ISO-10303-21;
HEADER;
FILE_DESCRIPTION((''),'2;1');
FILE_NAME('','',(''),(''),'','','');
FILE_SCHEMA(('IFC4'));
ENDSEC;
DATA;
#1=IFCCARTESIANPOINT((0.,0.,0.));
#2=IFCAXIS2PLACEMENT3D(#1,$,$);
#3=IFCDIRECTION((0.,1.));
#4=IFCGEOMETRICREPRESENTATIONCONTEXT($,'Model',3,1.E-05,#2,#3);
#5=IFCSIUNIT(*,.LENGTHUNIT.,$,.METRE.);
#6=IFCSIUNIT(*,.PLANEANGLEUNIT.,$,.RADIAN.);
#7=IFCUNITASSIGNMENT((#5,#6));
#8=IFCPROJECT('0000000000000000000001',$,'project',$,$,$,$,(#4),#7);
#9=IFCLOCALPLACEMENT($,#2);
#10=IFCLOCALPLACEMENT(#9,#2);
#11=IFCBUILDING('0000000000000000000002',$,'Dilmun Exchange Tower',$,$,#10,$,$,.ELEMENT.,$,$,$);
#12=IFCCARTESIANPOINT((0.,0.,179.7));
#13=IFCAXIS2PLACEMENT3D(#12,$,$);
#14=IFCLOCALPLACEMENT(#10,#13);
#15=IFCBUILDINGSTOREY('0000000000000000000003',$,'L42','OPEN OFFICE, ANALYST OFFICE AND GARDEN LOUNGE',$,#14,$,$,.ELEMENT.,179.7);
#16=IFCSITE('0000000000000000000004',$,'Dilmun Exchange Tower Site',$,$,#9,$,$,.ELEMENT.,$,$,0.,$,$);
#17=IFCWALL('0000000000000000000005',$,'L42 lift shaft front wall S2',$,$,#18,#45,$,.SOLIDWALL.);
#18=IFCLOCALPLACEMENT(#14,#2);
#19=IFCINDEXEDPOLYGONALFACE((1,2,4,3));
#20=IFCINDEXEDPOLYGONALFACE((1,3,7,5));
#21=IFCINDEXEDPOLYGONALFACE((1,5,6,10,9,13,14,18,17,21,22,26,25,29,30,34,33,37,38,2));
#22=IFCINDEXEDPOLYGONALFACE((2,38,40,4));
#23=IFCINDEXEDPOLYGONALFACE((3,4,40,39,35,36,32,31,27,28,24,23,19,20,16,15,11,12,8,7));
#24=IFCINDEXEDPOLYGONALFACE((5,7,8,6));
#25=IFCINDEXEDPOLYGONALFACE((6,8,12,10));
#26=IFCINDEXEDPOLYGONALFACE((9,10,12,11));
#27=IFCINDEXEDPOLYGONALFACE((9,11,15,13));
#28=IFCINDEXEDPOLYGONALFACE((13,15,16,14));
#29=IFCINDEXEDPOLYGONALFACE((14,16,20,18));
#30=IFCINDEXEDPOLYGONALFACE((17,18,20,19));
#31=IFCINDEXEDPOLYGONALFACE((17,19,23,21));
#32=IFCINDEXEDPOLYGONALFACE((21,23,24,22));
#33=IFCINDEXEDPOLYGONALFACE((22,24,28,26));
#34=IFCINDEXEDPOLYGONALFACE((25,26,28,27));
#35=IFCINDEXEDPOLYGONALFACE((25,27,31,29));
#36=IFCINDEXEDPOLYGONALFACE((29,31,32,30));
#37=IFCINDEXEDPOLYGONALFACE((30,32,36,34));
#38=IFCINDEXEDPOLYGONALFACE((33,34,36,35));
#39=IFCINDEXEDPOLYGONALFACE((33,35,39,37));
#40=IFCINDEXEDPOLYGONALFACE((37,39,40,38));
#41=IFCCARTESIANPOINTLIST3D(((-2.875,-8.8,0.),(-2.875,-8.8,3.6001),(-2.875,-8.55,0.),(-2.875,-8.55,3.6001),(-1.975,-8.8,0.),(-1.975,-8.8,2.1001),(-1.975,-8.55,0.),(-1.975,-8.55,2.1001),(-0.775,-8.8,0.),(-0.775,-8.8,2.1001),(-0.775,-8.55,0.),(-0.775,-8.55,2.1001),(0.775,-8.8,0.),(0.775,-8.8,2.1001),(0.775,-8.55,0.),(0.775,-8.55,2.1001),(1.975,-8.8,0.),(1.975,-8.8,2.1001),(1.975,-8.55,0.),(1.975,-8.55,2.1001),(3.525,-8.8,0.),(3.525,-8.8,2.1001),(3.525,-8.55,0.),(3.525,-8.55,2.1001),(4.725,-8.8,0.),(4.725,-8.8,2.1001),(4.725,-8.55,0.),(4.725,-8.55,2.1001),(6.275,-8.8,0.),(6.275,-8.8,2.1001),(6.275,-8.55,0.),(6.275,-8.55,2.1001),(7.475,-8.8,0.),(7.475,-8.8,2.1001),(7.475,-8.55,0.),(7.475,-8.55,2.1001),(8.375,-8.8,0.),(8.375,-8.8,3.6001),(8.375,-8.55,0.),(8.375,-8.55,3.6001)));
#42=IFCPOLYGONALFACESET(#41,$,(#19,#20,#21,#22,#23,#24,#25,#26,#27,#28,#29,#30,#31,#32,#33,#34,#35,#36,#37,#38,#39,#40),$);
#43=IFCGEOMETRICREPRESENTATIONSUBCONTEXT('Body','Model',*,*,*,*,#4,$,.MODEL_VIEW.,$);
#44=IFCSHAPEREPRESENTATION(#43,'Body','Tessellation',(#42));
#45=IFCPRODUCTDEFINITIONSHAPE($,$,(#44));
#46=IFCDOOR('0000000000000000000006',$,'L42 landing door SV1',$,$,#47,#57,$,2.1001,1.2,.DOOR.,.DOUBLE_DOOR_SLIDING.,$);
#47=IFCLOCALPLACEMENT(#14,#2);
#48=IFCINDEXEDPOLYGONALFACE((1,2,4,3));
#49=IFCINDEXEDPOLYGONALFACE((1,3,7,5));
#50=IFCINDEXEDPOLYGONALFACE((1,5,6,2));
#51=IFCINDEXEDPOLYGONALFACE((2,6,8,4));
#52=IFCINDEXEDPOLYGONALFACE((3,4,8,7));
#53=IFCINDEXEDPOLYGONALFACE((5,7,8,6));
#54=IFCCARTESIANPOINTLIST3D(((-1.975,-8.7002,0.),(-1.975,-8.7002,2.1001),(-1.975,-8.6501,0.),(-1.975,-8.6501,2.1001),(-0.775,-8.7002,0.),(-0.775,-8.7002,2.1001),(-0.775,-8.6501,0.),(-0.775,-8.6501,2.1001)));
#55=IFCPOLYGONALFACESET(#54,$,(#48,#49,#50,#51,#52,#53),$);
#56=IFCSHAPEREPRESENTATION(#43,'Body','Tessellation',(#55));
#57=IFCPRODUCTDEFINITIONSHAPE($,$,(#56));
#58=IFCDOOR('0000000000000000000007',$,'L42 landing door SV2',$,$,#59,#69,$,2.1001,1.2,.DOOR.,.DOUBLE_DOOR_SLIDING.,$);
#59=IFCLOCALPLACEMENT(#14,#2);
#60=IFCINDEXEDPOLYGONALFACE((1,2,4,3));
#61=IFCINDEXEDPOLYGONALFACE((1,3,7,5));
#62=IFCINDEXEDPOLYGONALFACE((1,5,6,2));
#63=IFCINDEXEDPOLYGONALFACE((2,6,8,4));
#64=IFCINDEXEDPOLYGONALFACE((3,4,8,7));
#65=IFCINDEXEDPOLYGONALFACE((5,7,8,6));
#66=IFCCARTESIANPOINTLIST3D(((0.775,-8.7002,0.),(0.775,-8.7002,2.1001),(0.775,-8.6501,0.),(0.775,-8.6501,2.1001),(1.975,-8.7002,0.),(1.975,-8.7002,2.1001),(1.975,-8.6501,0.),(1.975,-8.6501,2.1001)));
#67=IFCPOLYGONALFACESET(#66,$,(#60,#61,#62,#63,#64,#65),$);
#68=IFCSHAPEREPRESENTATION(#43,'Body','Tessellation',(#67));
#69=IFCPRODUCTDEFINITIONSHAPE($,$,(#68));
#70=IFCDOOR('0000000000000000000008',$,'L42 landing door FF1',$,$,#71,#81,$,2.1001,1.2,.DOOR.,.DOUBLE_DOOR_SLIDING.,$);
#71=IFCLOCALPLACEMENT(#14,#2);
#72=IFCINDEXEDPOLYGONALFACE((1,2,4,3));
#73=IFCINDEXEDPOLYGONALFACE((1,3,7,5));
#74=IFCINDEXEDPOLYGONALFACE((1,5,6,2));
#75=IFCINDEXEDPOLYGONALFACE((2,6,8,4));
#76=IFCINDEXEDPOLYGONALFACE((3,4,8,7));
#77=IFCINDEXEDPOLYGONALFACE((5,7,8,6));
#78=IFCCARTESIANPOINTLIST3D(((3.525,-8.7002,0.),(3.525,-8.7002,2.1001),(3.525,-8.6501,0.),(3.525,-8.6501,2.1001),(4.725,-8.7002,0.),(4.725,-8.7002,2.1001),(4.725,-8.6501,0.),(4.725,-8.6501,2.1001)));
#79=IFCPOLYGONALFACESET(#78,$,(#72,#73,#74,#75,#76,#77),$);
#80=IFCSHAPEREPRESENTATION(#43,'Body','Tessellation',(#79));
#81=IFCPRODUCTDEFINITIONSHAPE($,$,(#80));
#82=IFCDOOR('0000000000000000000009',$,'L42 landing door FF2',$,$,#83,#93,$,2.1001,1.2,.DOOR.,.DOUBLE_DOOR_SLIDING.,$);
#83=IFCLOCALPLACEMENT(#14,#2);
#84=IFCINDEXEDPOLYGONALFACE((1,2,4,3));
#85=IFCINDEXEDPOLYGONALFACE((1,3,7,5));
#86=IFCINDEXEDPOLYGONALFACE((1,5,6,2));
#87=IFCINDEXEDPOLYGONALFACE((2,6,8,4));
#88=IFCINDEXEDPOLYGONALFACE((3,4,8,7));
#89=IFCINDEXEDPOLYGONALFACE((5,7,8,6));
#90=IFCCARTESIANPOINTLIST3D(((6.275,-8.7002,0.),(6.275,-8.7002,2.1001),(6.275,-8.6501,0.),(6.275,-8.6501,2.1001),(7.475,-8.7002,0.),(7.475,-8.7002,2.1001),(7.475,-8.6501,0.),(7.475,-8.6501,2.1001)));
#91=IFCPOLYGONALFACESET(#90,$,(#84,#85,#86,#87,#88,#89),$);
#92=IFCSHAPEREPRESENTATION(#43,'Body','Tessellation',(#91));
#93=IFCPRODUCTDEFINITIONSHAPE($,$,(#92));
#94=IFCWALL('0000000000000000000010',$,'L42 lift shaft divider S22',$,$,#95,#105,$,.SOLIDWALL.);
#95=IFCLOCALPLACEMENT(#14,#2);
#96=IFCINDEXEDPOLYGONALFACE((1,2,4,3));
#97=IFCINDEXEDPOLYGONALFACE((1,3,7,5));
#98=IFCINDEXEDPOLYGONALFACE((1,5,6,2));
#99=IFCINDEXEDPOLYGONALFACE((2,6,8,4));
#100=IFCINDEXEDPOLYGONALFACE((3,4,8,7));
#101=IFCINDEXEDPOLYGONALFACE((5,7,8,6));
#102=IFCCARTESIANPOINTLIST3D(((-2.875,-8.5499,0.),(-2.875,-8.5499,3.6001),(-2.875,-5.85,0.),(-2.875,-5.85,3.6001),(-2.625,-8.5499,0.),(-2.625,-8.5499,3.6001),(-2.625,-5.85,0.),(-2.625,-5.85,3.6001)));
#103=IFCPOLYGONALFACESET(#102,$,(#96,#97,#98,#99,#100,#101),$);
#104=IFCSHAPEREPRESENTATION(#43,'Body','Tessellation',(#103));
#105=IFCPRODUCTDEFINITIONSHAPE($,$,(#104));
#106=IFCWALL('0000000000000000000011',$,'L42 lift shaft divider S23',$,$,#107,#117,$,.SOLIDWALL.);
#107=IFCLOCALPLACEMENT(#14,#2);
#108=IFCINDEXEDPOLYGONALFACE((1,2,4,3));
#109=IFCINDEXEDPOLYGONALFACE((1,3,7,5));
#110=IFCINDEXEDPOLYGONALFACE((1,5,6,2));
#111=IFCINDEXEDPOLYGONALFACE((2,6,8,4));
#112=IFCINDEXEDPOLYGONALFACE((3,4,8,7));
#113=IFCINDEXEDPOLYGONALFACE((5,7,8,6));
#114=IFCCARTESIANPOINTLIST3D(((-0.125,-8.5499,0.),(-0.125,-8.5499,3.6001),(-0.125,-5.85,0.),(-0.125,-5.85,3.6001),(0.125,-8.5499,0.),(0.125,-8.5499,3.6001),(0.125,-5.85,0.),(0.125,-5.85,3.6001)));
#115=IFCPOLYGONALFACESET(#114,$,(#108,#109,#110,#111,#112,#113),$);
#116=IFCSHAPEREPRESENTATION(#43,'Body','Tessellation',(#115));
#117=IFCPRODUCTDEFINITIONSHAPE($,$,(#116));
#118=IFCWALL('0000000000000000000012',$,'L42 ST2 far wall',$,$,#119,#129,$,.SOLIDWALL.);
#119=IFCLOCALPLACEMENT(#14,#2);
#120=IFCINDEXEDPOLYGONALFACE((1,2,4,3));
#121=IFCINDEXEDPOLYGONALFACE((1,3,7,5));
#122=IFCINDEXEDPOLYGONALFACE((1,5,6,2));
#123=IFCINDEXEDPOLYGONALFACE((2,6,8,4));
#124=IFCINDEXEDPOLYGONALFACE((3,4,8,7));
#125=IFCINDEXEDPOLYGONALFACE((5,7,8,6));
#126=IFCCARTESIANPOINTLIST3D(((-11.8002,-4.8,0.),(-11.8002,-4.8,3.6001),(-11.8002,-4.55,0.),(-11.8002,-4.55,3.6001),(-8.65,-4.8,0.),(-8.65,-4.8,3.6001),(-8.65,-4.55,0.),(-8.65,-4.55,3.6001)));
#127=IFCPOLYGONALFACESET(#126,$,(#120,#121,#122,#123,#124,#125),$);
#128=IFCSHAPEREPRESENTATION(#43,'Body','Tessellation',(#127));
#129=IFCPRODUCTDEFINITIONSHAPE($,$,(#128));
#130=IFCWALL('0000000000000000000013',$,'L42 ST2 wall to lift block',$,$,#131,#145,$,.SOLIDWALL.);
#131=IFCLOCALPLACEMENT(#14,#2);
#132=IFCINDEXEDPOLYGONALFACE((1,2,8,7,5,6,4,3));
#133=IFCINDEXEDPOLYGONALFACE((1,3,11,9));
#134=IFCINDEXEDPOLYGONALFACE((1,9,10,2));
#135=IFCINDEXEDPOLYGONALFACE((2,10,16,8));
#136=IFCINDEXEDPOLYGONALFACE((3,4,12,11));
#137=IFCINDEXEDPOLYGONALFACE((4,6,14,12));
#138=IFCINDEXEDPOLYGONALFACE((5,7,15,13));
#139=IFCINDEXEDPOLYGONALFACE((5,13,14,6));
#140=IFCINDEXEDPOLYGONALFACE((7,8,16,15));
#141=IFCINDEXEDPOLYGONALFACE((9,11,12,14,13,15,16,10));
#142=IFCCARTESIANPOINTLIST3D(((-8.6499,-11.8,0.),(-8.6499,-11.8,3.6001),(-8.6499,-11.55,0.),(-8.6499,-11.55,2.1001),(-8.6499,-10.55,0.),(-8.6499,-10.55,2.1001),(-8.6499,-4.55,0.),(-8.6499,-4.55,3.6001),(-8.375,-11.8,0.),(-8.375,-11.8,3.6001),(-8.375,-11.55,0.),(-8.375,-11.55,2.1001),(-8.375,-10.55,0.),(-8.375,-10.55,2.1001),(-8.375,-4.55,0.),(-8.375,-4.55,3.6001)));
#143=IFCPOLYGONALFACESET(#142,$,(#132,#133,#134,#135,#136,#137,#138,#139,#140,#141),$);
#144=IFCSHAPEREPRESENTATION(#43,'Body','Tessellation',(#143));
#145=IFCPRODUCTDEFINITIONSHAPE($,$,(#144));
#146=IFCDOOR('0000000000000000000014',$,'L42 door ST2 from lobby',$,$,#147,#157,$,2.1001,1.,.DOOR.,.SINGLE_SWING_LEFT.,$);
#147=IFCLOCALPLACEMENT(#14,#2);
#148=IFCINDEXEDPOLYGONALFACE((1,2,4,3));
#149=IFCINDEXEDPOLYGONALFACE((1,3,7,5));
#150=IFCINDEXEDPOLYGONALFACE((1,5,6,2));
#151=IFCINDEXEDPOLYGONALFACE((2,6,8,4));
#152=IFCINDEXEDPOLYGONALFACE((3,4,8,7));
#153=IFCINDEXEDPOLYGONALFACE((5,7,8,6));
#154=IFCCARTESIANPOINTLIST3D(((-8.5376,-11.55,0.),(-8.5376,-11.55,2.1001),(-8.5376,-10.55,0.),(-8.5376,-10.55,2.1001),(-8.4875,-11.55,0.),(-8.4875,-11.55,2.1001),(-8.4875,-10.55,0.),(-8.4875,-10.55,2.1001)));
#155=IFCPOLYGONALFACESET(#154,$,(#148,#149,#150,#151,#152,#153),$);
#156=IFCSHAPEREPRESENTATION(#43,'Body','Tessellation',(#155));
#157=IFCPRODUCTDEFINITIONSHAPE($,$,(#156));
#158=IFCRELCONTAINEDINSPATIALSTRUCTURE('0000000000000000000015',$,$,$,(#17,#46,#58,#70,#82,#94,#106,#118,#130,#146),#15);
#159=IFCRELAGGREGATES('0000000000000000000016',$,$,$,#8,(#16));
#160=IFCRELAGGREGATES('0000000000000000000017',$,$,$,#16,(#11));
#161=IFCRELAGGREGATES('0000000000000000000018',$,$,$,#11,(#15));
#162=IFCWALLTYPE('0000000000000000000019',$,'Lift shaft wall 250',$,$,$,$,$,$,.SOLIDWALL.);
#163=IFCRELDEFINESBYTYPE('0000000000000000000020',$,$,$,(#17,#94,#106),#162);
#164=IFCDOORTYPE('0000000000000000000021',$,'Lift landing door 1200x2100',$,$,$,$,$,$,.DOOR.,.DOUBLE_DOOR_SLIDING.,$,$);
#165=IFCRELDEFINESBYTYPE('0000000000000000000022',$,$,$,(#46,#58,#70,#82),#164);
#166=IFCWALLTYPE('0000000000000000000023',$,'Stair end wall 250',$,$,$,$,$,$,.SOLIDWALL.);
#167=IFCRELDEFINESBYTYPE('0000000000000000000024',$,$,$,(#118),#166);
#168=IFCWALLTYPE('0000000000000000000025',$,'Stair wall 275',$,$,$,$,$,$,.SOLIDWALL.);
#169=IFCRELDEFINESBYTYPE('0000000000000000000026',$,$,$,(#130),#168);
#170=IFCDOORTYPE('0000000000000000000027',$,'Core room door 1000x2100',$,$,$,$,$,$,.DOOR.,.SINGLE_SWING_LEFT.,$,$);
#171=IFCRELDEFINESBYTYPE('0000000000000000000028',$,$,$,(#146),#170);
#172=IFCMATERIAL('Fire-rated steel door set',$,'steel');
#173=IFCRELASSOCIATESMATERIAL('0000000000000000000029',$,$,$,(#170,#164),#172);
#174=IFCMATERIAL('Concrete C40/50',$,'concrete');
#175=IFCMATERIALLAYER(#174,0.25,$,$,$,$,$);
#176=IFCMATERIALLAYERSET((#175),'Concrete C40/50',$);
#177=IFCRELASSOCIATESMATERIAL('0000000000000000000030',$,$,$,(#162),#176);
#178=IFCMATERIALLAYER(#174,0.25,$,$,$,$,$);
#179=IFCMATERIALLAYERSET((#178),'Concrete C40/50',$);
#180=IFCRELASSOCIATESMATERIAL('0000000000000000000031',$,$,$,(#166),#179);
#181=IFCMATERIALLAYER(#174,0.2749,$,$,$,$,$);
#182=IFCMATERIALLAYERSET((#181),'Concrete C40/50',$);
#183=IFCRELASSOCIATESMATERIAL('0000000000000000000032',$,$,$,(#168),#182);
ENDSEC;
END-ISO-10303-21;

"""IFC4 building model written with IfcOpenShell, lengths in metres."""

from ifc_helpers import new_model, si_unit, direction, frame, frame_2d, origin, place, context, subcontext, project, spatial, rectangle, extrude, material, layer, layer_set, type_object, element, fill, save


model = new_model("IFC4")

# Units and contexts
model_context = context("Model", 3, precision=1e-05, world=origin(), true_north=direction((0.0, 1.0)))
body_context = subcontext(model_context, "Body", "Model", "MODEL_VIEW")
ifc_project = project(units=[si_unit("LENGTHUNIT", "METRE"), si_unit("PLANEANGLEUNIT", "RADIAN")], contexts=[model_context])

# Site, building, storey
site_placement = place(None, origin())
site = spatial("IfcSite", under=ifc_project, at=site_placement, Name="Dilmun Exchange Tower Site", CompositionType="ELEMENT", RefElevation=0.0)
building_placement = place(site_placement, origin())
building = spatial("IfcBuilding", under=site, at=building_placement, Name="Dilmun Exchange Tower", CompositionType="ELEMENT")
storey_placement = place(building_placement, frame((0.0, 0.0, 179.7)))
storey = spatial("IfcBuildingStorey", under=building, at=storey_placement, Name="L42", Description="OPEN OFFICE, ANALYST OFFICE AND GARDEN LOUNGE", CompositionType="ELEMENT", Elevation=179.7)

# Shared definitions
ifc_material_1 = material(Name="Concrete C40/50", Category="concrete")

# Shared definitions
ifc_material_2 = material(Name="Fire-rated steel door set", Category="steel")
door_type_1 = type_object("IfcDoorType", Name="Core room door 1000x2100", OperationType="SINGLE_SWING_LEFT", PredefinedType="DOOR", material=ifc_material_2)

# Shared definitions
ifc_layer_1 = layer(ifc_material_1, 0.25)
ifc_layer_set_1 = layer_set([ifc_layer_1], Name="Concrete C40/50")
wall_type_1 = type_object("IfcWallType", Name="Lift shaft wall 250", PredefinedType="SOLIDWALL", material=ifc_layer_set_1)

# Wall, openings, doors
wall_1_placement = place(storey_placement, frame((-2.875, -8.675, 0.0), z_axis=(0.0, 0.0, 1.0), x_axis=(1.0, 0.0, 0.0)))
wall_1 = element("IfcWall", 1, at=wall_1_placement, inside=storey, type_object=wall_type_1, Name="L42 lift shaft front wall S2", PredefinedType="SOLIDWALL", context=body_context, shape_type="SweptSolid", body=[
    extrude(rectangle(XDim=11.25, YDim=0.25, at=frame_2d((5.625, 0.0))), origin(), (0.0, 0.0, 1.0), 3.6001),
])
opening_1_placement = place(wall_1_placement, frame((0.8999, 0.0, 0.0)))
opening_1 = element("IfcOpeningElement", 2, at=opening_1_placement, cuts=wall_1, PredefinedType="OPENING", context=body_context, shape_type="SweptSolid", body=[
    extrude(rectangle(XDim=1.2, YDim=2.1001, at=frame_2d((0.6001, 1.05))), frame((0.0, 0.135, 0.0), z_axis=(0.0, -1.0, 0.0), x_axis=(1.0, 0.0, 0.0)), (0.0, 0.0, 1.0), 0.27),
])
opening_2_placement = place(wall_1_placement, frame((3.6499, 0.0, 0.0)))
opening_2 = element("IfcOpeningElement", 3, at=opening_2_placement, cuts=wall_1, PredefinedType="OPENING", context=body_context, shape_type="SweptSolid", body=[
    extrude(rectangle(XDim=1.2, YDim=2.1001, at=frame_2d((0.6001, 1.05))), frame((0.0, 0.135, 0.0), z_axis=(0.0, -1.0, 0.0), x_axis=(1.0, 0.0, 0.0)), (0.0, 0.0, 1.0), 0.27),
])
opening_3_placement = place(wall_1_placement, frame((6.3999, 0.0, 0.0)))
opening_3 = element("IfcOpeningElement", 4, at=opening_3_placement, cuts=wall_1, PredefinedType="OPENING", context=body_context, shape_type="SweptSolid", body=[
    extrude(rectangle(XDim=1.2, YDim=2.1001, at=frame_2d((0.6001, 1.05))), frame((0.0, 0.135, 0.0), z_axis=(0.0, -1.0, 0.0), x_axis=(1.0, 0.0, 0.0)), (0.0, 0.0, 1.0), 0.27),
])
opening_4_placement = place(wall_1_placement, frame((9.1499, 0.0, 0.0)))
opening_4 = element("IfcOpeningElement", 5, at=opening_4_placement, cuts=wall_1, PredefinedType="OPENING", context=body_context, shape_type="SweptSolid", body=[
    extrude(rectangle(XDim=1.2, YDim=2.1001, at=frame_2d((0.6001, 1.05))), frame((0.0, 0.135, 0.0), z_axis=(0.0, -1.0, 0.0), x_axis=(1.0, 0.0, 0.0)), (0.0, 0.0, 1.0), 0.27),
])
door_type_2 = type_object("IfcDoorType", Name="Lift landing door 1200x2100", OperationType="DOUBLE_DOOR_SLIDING", PredefinedType="DOOR", material=ifc_material_2)
door_1_placement = place(opening_1_placement, origin())
door_1 = element("IfcDoor", 6, at=door_1_placement, inside=storey, type_object=door_type_2, Name="L42 landing door SV1", OperationType="DOUBLE_DOOR_SLIDING", OverallHeight=2.1001, OverallWidth=1.2, PredefinedType="DOOR", context=body_context, shape_type="SweptSolid", body=[
    extrude(rectangle(XDim=1.2, YDim=2.1001, at=frame_2d((0.6001, 1.05))), frame((0.0, 0.0249, 0.0), z_axis=(0.0, -1.0, 0.0), x_axis=(1.0, 0.0, 0.0)), (0.0, 0.0, 1.0), 0.05),
])
fill(opening_1, door_1)
door_2_placement = place(opening_2_placement, origin())
door_2 = element("IfcDoor", 7, at=door_2_placement, inside=storey, type_object=door_type_2, Name="L42 landing door SV2", OperationType="DOUBLE_DOOR_SLIDING", OverallHeight=2.1001, OverallWidth=1.2, PredefinedType="DOOR", context=body_context, shape_type="SweptSolid", body=[
    extrude(rectangle(XDim=1.2, YDim=2.1001, at=frame_2d((0.6001, 1.05))), frame((0.0, 0.0249, 0.0), z_axis=(0.0, -1.0, 0.0), x_axis=(1.0, 0.0, 0.0)), (0.0, 0.0, 1.0), 0.05),
])
fill(opening_2, door_2)
door_3_placement = place(opening_3_placement, origin())
door_3 = element("IfcDoor", 8, at=door_3_placement, inside=storey, type_object=door_type_2, Name="L42 landing door FF1", OperationType="DOUBLE_DOOR_SLIDING", OverallHeight=2.1001, OverallWidth=1.2, PredefinedType="DOOR", context=body_context, shape_type="SweptSolid", body=[
    extrude(rectangle(XDim=1.2, YDim=2.1001, at=frame_2d((0.6001, 1.05))), frame((0.0, 0.0249, 0.0), z_axis=(0.0, -1.0, 0.0), x_axis=(1.0, 0.0, 0.0)), (0.0, 0.0, 1.0), 0.05),
])
fill(opening_3, door_3)
door_4_placement = place(opening_4_placement, origin())
door_4 = element("IfcDoor", 9, at=door_4_placement, inside=storey, type_object=door_type_2, Name="L42 landing door FF2", OperationType="DOUBLE_DOOR_SLIDING", OverallHeight=2.1001, OverallWidth=1.2, PredefinedType="DOOR", context=body_context, shape_type="SweptSolid", body=[
    extrude(rectangle(XDim=1.2, YDim=2.1001, at=frame_2d((0.6001, 1.05))), frame((0.0, 0.0249, 0.0), z_axis=(0.0, -1.0, 0.0), x_axis=(1.0, 0.0, 0.0)), (0.0, 0.0, 1.0), 0.05),
])
fill(opening_4, door_4)

# Walls
for number, where, z_axis, x_axis, name in (
    (10, (-2.75, -8.55, 0.0), (0.0, 0.0, 1.0), (0.0, 1.0, 0.0), "L42 lift shaft divider S22"),
    (11, (0.0, -8.55, 0.0), (0.0, 0.0, 1.0), (0.0, 1.0, 0.0), "L42 lift shaft divider S23"),
):
    element("IfcWall", number, at=place(storey_placement, frame(where, z_axis=z_axis, x_axis=x_axis)), inside=storey, type_object=wall_type_1, Name=name, PredefinedType="SOLIDWALL", context=body_context, shape_type="SweptSolid", body=[
        extrude(rectangle(XDim=2.7, YDim=0.25, at=frame_2d((1.3501, 0.0))), origin(), (0.0, 0.0, 1.0), 3.6001),
    ])
ifc_layer_2 = layer(ifc_material_1, 0.25)
ifc_layer_set_2 = layer_set([ifc_layer_2], Name="Concrete C40/50")
wall_type_2 = type_object("IfcWallType", Name="Stair end wall 250", PredefinedType="SOLIDWALL", material=ifc_layer_set_2)
wall_2_placement = place(storey_placement, frame((-8.6499, -4.675, 0.0), z_axis=(0.0, 0.0, 1.0), x_axis=(-1.0, 0.0, 0.0)))
element("IfcWall", 12, at=wall_2_placement, inside=storey, type_object=wall_type_2, Name="L42 ST2 far wall", PredefinedType="SOLIDWALL", context=body_context, shape_type="SweptSolid", body=[
    extrude(rectangle(XDim=3.1501, YDim=0.25, at=frame_2d((1.5752, 0.0))), origin(), (0.0, 0.0, 1.0), 3.6001),
])

# Wall, opening, door
ifc_layer_3 = layer(ifc_material_1, 0.2749)
ifc_layer_set_3 = layer_set([ifc_layer_3], Name="Concrete C40/50")
wall_type_3 = type_object("IfcWallType", Name="Stair wall 275", PredefinedType="SOLIDWALL", material=ifc_layer_set_3)
wall_3_placement = place(storey_placement, frame((-8.5125, -4.55, 0.0), z_axis=(0.0, 0.0, 1.0), x_axis=(0.0, -1.0, 0.0)))
wall_3 = element("IfcWall", 13, at=wall_3_placement, inside=storey, type_object=wall_type_3, Name="L42 ST2 wall to lift block", PredefinedType="SOLIDWALL", context=body_context, shape_type="SweptSolid", body=[
    extrude(rectangle(XDim=7.25, YDim=0.2749, at=frame_2d((3.625, 0.0))), origin(), (0.0, 0.0, 1.0), 3.6001),
])
opening_5_placement = place(wall_3_placement, frame((6.0, 0.0, 0.0)))
opening_5 = element("IfcOpeningElement", 14, at=opening_5_placement, cuts=wall_3, PredefinedType="OPENING", context=body_context, shape_type="SweptSolid", body=[
    extrude(rectangle(XDim=1.0, YDim=2.1001, at=frame_2d((0.5, 1.05))), frame((0.0, 0.1475, 0.0), z_axis=(0.0, -1.0, 0.0), x_axis=(1.0, 0.0, 0.0)), (0.0, 0.0, 1.0), 0.2949),
])
door_5_placement = place(opening_5_placement, origin())
door_5 = element("IfcDoor", 15, at=door_5_placement, inside=storey, type_object=door_type_1, Name="L42 door ST2 from lobby", OperationType="SINGLE_SWING_LEFT", OverallHeight=2.1001, OverallWidth=1.0, PredefinedType="DOOR", context=body_context, shape_type="SweptSolid", body=[
    extrude(rectangle(XDim=1.0, YDim=2.1001, at=frame_2d((0.5, 1.05))), frame((0.0, 0.0249, 0.0), z_axis=(0.0, -1.0, 0.0), x_axis=(1.0, 0.0, 0.0)), (0.0, 0.0, 1.0), 0.05),
])
fill(opening_5, door_5)

save(model, "model.ifc")
